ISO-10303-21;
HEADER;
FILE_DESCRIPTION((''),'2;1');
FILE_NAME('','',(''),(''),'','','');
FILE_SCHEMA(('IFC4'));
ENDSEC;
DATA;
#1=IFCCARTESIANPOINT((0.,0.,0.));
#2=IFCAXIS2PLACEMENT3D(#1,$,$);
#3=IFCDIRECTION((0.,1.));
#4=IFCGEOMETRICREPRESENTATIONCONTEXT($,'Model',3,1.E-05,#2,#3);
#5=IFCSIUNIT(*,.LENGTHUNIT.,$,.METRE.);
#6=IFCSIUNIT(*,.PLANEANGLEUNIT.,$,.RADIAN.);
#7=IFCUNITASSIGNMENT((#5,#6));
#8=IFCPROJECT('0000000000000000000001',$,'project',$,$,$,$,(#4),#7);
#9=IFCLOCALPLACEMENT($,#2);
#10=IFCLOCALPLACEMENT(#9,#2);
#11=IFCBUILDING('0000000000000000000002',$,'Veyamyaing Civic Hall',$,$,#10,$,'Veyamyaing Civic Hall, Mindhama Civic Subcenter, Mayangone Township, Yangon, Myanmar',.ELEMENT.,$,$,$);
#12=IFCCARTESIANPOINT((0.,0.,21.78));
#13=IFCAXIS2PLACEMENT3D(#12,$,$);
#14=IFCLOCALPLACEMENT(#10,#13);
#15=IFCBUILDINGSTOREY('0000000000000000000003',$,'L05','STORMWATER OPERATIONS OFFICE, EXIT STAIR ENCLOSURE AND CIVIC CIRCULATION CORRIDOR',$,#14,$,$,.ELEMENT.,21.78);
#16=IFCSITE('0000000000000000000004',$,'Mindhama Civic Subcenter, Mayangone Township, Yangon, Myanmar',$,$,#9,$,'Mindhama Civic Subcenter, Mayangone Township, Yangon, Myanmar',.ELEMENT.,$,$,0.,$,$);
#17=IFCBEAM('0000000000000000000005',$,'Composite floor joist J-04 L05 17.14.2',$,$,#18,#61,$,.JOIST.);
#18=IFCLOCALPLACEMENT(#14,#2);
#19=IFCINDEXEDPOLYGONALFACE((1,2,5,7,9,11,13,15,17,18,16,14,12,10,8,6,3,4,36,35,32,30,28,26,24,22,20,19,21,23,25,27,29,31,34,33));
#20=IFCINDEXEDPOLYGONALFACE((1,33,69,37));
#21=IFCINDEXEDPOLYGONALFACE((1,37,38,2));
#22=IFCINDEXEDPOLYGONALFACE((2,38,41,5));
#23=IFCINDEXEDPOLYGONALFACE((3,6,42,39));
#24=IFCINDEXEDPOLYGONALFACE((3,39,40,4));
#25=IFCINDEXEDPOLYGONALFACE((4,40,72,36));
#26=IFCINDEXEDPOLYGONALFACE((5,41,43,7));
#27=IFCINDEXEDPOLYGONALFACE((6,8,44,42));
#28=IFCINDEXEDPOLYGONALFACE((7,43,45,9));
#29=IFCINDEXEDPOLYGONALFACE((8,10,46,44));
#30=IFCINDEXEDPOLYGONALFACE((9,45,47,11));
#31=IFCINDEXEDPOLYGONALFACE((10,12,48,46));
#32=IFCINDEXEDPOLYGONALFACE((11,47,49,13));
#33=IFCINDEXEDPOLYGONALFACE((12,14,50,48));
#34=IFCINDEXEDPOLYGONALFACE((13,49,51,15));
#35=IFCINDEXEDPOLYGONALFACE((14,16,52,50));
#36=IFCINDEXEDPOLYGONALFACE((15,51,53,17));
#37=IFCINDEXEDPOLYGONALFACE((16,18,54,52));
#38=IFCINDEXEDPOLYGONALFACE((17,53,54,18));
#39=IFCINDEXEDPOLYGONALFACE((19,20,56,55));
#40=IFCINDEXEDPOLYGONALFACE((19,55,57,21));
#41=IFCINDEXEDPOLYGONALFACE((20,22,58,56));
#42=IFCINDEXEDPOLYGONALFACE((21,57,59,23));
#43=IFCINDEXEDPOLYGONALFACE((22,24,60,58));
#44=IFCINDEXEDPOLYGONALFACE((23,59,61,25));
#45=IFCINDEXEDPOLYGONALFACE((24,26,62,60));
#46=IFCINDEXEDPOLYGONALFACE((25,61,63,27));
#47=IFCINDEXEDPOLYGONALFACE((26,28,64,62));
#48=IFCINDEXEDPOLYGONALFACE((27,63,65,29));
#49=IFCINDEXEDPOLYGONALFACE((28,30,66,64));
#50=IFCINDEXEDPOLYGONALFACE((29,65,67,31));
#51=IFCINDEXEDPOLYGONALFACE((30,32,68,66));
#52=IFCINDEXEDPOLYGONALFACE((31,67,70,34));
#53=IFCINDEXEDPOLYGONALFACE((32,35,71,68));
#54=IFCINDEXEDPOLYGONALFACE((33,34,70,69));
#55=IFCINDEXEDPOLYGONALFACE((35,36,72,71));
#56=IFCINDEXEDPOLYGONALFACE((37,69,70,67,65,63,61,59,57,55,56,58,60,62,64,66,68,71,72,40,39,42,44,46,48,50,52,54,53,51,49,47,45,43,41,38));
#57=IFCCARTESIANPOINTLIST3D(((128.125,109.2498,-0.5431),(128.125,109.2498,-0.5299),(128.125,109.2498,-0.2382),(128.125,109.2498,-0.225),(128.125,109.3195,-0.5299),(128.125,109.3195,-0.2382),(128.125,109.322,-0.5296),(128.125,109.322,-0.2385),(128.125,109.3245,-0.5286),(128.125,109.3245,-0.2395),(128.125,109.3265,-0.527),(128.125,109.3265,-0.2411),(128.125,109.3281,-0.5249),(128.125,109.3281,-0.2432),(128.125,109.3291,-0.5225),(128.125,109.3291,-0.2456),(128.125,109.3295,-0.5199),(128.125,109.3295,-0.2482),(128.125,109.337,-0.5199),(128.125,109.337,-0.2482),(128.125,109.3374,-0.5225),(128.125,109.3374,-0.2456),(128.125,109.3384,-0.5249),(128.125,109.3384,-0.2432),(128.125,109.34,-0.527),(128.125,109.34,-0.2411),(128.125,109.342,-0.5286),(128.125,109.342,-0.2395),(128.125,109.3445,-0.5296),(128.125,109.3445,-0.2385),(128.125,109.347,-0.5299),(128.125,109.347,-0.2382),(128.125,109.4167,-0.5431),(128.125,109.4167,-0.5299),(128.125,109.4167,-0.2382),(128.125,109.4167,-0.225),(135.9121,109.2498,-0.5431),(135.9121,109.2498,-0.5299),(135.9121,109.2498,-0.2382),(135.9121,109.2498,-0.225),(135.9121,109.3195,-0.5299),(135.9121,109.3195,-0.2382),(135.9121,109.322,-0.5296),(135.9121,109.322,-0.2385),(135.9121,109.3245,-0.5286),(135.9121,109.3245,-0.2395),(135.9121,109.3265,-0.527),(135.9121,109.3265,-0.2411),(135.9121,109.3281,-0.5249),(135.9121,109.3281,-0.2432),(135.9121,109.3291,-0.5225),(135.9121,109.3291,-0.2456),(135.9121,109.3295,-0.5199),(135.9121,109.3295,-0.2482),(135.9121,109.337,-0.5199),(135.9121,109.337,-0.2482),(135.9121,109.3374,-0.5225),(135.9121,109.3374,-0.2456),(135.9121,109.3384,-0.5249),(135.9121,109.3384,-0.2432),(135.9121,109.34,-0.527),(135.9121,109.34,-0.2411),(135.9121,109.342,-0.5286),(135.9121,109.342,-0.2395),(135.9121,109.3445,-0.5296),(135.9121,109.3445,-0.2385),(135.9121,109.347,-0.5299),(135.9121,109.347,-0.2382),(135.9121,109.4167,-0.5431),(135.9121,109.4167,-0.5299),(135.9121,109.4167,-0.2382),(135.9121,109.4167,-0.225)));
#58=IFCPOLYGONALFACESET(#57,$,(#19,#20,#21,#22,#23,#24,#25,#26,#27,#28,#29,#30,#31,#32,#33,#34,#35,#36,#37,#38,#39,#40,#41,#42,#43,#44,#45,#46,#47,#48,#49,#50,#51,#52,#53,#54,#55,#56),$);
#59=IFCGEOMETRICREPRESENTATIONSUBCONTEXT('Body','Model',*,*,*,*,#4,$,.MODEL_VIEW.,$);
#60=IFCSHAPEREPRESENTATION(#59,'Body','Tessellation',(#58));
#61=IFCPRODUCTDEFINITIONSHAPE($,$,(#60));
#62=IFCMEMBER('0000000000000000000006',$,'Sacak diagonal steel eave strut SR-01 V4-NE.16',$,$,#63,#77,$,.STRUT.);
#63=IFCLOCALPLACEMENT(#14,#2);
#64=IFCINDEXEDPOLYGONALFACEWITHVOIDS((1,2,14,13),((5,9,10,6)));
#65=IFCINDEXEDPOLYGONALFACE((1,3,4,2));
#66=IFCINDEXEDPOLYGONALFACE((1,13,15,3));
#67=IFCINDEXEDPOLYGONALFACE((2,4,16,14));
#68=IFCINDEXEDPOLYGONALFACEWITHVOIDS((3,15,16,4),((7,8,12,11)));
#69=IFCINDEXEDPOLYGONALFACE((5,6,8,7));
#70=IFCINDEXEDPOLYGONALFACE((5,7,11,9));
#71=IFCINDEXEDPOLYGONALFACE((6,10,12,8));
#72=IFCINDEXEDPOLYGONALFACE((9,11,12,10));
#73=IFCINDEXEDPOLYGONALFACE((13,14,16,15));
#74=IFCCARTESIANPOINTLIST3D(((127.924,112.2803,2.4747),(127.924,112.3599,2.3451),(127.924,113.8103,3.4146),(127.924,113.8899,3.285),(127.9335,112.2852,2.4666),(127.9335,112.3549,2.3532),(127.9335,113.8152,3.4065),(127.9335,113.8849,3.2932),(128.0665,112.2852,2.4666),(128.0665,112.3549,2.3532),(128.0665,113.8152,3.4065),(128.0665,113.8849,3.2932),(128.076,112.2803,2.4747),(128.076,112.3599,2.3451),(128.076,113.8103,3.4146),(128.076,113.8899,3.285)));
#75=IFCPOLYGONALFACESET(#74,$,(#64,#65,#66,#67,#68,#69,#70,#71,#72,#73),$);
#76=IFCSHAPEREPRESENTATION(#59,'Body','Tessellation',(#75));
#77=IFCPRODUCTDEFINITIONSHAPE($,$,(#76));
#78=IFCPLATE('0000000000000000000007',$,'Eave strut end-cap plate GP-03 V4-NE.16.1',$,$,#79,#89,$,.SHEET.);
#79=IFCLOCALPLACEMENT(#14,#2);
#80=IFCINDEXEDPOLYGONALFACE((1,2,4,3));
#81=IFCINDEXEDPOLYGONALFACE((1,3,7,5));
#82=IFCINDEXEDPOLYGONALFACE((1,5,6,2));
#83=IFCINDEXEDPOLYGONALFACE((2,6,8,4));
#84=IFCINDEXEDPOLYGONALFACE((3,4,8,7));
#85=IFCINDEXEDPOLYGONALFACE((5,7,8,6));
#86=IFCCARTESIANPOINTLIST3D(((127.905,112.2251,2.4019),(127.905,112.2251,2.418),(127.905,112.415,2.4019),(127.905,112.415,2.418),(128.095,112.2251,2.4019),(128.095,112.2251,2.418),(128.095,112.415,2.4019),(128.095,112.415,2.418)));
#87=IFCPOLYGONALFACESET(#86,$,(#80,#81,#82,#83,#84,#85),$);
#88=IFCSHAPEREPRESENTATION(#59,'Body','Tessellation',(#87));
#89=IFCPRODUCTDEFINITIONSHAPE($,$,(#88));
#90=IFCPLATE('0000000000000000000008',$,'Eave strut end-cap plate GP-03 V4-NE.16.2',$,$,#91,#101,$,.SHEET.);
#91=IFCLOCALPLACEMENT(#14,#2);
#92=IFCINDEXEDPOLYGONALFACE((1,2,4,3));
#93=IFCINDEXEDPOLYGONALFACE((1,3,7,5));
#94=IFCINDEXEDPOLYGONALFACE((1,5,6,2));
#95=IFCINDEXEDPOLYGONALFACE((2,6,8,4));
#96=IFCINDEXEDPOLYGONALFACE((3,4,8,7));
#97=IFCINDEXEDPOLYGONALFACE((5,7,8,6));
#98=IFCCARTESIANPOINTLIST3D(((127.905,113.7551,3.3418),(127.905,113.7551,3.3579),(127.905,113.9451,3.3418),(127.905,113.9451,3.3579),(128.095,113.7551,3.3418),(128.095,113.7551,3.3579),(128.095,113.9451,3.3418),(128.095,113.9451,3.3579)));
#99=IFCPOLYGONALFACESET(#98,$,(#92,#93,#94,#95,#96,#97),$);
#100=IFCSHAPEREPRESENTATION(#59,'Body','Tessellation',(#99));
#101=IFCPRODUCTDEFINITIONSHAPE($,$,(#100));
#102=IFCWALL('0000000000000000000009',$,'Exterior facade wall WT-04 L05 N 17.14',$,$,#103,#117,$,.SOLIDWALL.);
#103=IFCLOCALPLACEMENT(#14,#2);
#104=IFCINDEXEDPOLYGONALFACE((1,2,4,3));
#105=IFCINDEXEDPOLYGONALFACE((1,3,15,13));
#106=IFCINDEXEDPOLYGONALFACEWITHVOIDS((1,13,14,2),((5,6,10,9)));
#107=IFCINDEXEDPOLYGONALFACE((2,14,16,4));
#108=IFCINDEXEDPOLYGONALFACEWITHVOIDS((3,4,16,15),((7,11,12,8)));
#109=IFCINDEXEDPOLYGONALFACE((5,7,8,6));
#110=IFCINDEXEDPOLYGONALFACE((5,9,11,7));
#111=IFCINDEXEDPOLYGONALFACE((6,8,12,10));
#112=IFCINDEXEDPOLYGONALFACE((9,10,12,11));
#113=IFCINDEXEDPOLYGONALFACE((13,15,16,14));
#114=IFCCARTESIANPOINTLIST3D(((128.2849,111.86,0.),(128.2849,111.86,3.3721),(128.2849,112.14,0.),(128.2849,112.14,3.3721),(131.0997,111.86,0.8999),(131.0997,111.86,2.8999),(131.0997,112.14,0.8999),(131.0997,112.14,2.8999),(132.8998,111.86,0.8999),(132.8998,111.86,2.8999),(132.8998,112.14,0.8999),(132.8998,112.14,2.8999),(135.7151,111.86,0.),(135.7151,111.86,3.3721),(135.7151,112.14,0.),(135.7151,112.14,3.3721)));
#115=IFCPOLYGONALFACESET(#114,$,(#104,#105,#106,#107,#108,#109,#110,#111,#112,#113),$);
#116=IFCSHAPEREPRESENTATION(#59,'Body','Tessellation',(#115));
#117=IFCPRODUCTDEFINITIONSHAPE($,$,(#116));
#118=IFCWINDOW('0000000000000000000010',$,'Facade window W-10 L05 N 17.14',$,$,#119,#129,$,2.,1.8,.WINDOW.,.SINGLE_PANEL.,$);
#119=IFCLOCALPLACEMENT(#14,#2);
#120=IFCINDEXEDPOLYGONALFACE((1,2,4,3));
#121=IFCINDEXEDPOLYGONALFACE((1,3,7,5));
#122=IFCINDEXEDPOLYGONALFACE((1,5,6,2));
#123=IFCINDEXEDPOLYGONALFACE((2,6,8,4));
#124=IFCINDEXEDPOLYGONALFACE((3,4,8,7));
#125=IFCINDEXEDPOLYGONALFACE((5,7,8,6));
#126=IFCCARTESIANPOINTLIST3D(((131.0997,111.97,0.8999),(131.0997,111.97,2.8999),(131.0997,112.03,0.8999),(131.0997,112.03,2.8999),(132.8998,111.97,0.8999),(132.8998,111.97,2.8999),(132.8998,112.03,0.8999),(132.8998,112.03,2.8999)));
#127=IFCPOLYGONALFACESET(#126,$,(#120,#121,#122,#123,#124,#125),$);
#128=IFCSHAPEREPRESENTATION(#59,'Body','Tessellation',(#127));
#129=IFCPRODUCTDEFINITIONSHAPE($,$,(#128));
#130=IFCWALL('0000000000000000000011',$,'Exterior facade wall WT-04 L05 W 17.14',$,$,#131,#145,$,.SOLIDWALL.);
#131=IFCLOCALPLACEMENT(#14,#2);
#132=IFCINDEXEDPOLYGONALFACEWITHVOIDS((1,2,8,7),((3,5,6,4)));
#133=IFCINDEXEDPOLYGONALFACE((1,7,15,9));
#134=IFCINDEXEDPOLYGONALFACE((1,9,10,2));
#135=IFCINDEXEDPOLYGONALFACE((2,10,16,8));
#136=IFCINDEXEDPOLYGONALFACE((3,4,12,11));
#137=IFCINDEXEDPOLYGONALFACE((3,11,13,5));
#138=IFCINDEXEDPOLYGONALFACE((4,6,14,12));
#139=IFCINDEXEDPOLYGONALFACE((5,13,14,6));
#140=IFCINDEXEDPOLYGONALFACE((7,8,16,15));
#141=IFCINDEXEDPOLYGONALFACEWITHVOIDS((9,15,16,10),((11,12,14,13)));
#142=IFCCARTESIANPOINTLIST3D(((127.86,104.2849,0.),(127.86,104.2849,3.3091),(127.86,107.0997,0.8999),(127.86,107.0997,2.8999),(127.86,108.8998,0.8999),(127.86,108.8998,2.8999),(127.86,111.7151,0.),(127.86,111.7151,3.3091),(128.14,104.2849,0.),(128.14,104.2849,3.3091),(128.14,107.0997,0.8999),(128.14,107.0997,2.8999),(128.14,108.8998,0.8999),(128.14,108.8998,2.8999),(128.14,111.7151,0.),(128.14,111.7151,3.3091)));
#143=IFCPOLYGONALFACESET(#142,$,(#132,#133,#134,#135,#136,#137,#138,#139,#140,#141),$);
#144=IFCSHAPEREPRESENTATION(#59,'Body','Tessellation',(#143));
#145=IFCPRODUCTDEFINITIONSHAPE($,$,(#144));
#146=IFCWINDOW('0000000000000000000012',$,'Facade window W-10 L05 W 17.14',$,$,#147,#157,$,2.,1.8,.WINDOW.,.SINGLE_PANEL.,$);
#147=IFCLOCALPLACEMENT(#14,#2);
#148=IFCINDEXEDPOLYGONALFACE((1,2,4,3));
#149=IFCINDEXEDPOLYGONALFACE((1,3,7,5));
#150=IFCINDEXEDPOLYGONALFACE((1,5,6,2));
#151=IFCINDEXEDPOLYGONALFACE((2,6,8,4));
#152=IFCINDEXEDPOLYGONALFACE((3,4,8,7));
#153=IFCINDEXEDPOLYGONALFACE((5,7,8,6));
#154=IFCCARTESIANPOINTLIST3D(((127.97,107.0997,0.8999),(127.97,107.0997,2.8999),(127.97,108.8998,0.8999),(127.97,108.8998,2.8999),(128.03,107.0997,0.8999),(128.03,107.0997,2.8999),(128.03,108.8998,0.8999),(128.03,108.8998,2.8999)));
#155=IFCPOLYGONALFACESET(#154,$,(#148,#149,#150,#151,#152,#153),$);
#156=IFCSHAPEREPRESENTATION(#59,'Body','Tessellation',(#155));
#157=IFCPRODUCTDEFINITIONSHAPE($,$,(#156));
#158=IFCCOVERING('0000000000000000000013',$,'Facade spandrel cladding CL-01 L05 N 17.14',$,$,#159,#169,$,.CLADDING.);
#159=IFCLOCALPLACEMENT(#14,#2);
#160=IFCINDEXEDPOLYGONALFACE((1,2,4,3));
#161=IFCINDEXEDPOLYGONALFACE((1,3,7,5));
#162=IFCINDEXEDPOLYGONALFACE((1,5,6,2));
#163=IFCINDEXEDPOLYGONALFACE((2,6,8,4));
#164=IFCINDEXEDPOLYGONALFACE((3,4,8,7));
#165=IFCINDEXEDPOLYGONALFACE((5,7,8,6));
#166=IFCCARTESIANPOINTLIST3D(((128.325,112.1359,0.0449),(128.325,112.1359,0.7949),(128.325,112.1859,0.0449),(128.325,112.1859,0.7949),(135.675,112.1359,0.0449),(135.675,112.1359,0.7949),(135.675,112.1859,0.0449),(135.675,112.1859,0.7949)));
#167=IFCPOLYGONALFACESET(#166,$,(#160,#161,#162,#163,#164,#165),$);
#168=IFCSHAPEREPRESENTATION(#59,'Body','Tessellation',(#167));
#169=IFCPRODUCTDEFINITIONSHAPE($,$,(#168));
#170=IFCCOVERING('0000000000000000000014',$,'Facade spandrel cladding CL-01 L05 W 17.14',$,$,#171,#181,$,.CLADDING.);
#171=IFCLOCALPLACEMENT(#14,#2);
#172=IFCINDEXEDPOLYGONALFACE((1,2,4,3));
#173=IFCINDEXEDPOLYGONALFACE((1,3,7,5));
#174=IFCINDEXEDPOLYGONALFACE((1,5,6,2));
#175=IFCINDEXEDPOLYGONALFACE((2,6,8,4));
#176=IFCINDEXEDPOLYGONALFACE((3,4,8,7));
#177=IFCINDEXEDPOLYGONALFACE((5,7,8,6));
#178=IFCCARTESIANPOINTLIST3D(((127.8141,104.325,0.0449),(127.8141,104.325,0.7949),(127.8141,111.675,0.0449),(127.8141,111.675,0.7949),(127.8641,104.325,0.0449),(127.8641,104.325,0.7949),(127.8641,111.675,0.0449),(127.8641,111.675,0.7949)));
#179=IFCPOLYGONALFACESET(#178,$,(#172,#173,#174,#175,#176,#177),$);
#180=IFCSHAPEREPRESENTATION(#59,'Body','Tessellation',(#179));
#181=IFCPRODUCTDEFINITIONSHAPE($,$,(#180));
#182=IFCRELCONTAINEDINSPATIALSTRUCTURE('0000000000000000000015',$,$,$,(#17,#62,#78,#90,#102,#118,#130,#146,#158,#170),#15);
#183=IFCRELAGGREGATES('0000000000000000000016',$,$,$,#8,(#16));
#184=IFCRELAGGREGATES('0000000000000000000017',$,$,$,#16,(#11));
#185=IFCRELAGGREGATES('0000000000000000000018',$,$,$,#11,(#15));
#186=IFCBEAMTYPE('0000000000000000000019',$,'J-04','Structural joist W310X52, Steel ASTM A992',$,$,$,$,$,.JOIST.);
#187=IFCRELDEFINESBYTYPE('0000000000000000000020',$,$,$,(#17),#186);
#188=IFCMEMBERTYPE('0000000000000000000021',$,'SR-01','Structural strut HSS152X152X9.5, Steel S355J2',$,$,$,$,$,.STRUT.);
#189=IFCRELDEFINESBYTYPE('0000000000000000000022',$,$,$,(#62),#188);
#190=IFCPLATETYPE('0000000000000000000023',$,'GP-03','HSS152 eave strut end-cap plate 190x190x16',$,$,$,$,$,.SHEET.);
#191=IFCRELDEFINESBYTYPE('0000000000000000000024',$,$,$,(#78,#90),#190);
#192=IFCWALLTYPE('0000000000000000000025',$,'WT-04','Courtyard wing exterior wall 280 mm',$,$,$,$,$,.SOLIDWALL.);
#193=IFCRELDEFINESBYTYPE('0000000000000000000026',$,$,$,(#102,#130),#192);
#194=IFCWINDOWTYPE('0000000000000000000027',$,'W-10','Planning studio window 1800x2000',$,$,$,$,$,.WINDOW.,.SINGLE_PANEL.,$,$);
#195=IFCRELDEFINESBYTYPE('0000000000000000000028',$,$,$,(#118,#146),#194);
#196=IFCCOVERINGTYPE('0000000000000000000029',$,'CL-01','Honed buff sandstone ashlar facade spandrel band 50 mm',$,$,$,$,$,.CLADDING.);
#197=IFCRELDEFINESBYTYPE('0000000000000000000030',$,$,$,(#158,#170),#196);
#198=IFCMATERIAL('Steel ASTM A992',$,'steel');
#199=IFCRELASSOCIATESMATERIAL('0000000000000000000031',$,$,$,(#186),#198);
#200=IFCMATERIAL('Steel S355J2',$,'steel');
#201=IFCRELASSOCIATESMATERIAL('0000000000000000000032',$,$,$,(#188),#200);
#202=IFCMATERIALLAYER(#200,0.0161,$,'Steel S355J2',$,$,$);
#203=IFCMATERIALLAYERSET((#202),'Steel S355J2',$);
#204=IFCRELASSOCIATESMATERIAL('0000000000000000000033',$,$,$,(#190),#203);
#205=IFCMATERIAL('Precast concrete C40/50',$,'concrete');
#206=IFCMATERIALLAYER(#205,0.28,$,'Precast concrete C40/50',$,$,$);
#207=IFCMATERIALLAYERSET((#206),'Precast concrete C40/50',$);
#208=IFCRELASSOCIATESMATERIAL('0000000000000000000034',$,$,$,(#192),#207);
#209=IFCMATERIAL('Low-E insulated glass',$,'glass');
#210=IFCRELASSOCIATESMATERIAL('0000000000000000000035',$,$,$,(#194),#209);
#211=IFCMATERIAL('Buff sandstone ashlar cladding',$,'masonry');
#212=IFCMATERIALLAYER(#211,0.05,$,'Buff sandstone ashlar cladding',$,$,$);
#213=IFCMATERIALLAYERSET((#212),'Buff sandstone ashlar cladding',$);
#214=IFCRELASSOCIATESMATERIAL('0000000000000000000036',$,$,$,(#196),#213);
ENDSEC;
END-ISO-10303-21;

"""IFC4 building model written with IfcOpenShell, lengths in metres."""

from ifc_helpers import new_model, si_unit, direction, frame, frame_2d, origin, origin_2d, place, context, subcontext, project, spatial, rectangle, hollow_rectangle, i_section, extrude, material, layer, layer_set, material_profile, profile_set, type_object, element, fill, save


model = new_model("IFC4")

# Units and contexts
model_context = context("Model", 3, precision=1e-05, world=origin(), true_north=direction((0.0, 1.0)))
body_context = subcontext(model_context, "Body", "Model", "MODEL_VIEW")
ifc_project = project(units=[si_unit("LENGTHUNIT", "METRE"), si_unit("PLANEANGLEUNIT", "RADIAN")], contexts=[model_context])

# Site, building, storey
site_placement = place(None, origin())
site = spatial("IfcSite", under=ifc_project, at=site_placement, Name="Mindhama Civic Subcenter, Mayangone Township, Yangon, Myanmar", LongName="Mindhama Civic Subcenter, Mayangone Township, Yangon, Myanmar", CompositionType="ELEMENT", RefElevation=0.0)
building_placement = place(site_placement, origin())
building = spatial("IfcBuilding", under=site, at=building_placement, Name="Veyamyaing Civic Hall", LongName="Veyamyaing Civic Hall, Mindhama Civic Subcenter, Mayangone Township, Yangon, Myanmar", CompositionType="ELEMENT")
storey_placement = place(building_placement, frame((0.0, 0.0, 21.78)))
storey = spatial("IfcBuildingStorey", under=building, at=storey_placement, Name="L05", Description="STORMWATER OPERATIONS OFFICE, EXIT STAIR ENCLOSURE AND CIVIC CIRCULATION CORRIDOR", CompositionType="ELEMENT", Elevation=21.78)

# Beam
ifc_material_1 = material(Name="Steel ASTM A992", Category="steel")
ifc_material_profile_1 = material_profile(ifc_material_1, i_section(OverallWidth=0.167, OverallDepth=0.3181, WebThickness=0.0076, FlangeThickness=0.0132, FilletRadius=0.01, at=origin_2d()), Name="W310X52")
ifc_profile_set_1 = profile_set([ifc_material_profile_1], Name="Steel ASTM A992")
beam_type_1 = type_object("IfcBeamType", Name="J-04", Description="Structural joist W310X52, Steel ASTM A992", PredefinedType="JOIST", material=ifc_profile_set_1)
for number, where, z_axis, x_axis, name in (
    (1, (128.125, 109.3333, -0.384), (1.0, 0.0, 0.0), (0.0, 1.0, 0.0), "Composite floor joist J-04 L05 17.14.2"),
):
    element("IfcBeam", number, at=place(storey_placement, frame(where, z_axis=z_axis, x_axis=x_axis)), inside=storey, type_object=beam_type_1, Name=name, PredefinedType="JOIST", context=body_context, shape_type="SweptSolid", body=[
        extrude(i_section(OverallWidth=0.167, OverallDepth=0.3181, WebThickness=0.0076, FlangeThickness=0.0132, FilletRadius=0.01, at=origin_2d()), origin(), (0.0, 0.0, 1.0), 7.7871),
    ])

# Member
ifc_material_2 = material(Name="Steel S355J2", Category="steel")
ifc_material_profile_2 = material_profile(ifc_material_2, hollow_rectangle(XDim=0.1521, YDim=0.1521, WallThickness=0.0095, at=origin_2d()), Name="HSS152X152X9.5")
ifc_profile_set_2 = profile_set([ifc_material_profile_2], Name="Steel S355J2")
member_type = type_object("IfcMemberType", Name="SR-01", Description="Structural strut HSS152X152X9.5, Steel S355J2", PredefinedType="STRUT", material=ifc_profile_set_2)
member_placement = place(storey_placement, frame((128.0, 112.3201, 2.4099), z_axis=(0.0, 0.85206, 0.523445), x_axis=(-1.0, 0.0, 0.0)))
element("IfcMember", 2, at=member_placement, inside=storey, type_object=member_type, Name="Sacak diagonal steel eave strut SR-01 V4-NE.16", PredefinedType="STRUT", context=body_context, shape_type="SweptSolid", body=[
    extrude(hollow_rectangle(XDim=0.1521, YDim=0.1521, WallThickness=0.0095, at=origin_2d()), origin(), (0.0, 0.0, 1.0), 1.7957),
])

# Plates
ifc_layer_1 = layer(ifc_material_2, 0.0161, Name="Steel S355J2")
ifc_layer_set_1 = layer_set([ifc_layer_1], Name="Steel S355J2")
plate_type = type_object("IfcPlateType", Name="GP-03", Description="HSS152 eave strut end-cap plate 190x190x16", PredefinedType="SHEET", material=ifc_layer_set_1)
for number, where, z_axis, x_axis, name in (
    (3, (128.0, 112.3201, 2.4019), (0.0, 0.0, 1.0), (0.0, 1.0, 0.0), "Eave strut end-cap plate GP-03 V4-NE.16.1"),
    (4, (128.0, 113.8501, 3.3418), (0.0, 0.0, 1.0), (0.0, 1.0, 0.0), "Eave strut end-cap plate GP-03 V4-NE.16.2"),
):
    element("IfcPlate", number, at=place(storey_placement, frame(where, z_axis=z_axis, x_axis=x_axis)), inside=storey, type_object=plate_type, Name=name, PredefinedType="SHEET", context=body_context, shape_type="SweptSolid", body=[
        extrude(rectangle(XDim=0.1899, YDim=0.1899, at=origin_2d()), origin(), (0.0, 0.0, 1.0), 0.0161),
    ])

# Walls, openings, windows
ifc_material_3 = material(Name="Precast concrete C40/50", Category="concrete")
ifc_layer_2 = layer(ifc_material_3, 0.28, Name="Precast concrete C40/50")
ifc_layer_set_2 = layer_set([ifc_layer_2], Name="Precast concrete C40/50")
wall_type = type_object("IfcWallType", Name="WT-04", Description="Courtyard wing exterior wall 280 mm", PredefinedType="SOLIDWALL", material=ifc_layer_set_2)
wall_1_placement = place(storey_placement, frame((128.2849, 112.0, 0.0), z_axis=(0.0, 0.0, 1.0), x_axis=(1.0, 0.0, 0.0)))
wall_1 = element("IfcWall", 5, at=wall_1_placement, inside=storey, type_object=wall_type, Name="Exterior facade wall WT-04 L05 N 17.14", PredefinedType="SOLIDWALL", context=body_context, shape_type="SweptSolid", body=[
    extrude(rectangle(XDim=7.4302, YDim=0.28, at=frame_2d((3.7151, 0.0))), origin(), (0.0, 0.0, 1.0), 3.3721),
])
opening_1_placement = place(wall_1_placement, frame((2.8149, 0.0, 0.8999)))
opening_1 = element("IfcOpeningElement", 6, at=opening_1_placement, cuts=wall_1, PredefinedType="OPENING", context=body_context, shape_type="SweptSolid", body=[
    extrude(rectangle(XDim=1.8, YDim=2.0, at=frame_2d((0.8999, 1.0))), frame((0.0, 0.1499, 0.0), z_axis=(0.0, -1.0, 0.0), x_axis=(1.0, 0.0, 0.0)), (0.0, 0.0, 1.0), 0.3),
])
ifc_material_4 = material(Name="Low-E insulated glass", Category="glass")
window_type = type_object("IfcWindowType", Name="W-10", Description="Planning studio window 1800x2000", PartitioningType="SINGLE_PANEL", PredefinedType="WINDOW", material=ifc_material_4)
window_1_placement = place(opening_1_placement, origin())
window_1 = element("IfcWindow", 7, at=window_1_placement, inside=storey, type_object=window_type, Name="Facade window W-10 L05 N 17.14", OverallHeight=2.0, OverallWidth=1.8, PartitioningType="SINGLE_PANEL", PredefinedType="WINDOW", context=body_context, shape_type="SweptSolid", body=[
    extrude(rectangle(XDim=1.8, YDim=2.0, at=frame_2d((0.8999, 1.0))), frame((0.0, 0.03, 0.0), z_axis=(0.0, -1.0, 0.0), x_axis=(1.0, 0.0, 0.0)), (0.0, 0.0, 1.0), 0.0601),
])
fill(opening_1, window_1)
wall_2_placement = place(storey_placement, frame((128.0, 104.2849, 0.0), z_axis=(0.0, 0.0, 1.0), x_axis=(0.0, 1.0, 0.0)))
wall_2 = element("IfcWall", 8, at=wall_2_placement, inside=storey, type_object=wall_type, Name="Exterior facade wall WT-04 L05 W 17.14", PredefinedType="SOLIDWALL", context=body_context, shape_type="SweptSolid", body=[
    extrude(rectangle(XDim=7.4302, YDim=0.28, at=frame_2d((3.7151, 0.0))), origin(), (0.0, 0.0, 1.0), 3.3091),
])
opening_2_placement = place(wall_2_placement, frame((2.8149, 0.0, 0.8999)))
opening_2 = element("IfcOpeningElement", 9, at=opening_2_placement, cuts=wall_2, PredefinedType="OPENING", context=body_context, shape_type="SweptSolid", body=[
    extrude(rectangle(XDim=1.8, YDim=2.0, at=frame_2d((0.8999, 1.0))), frame((0.0, 0.1499, 0.0), z_axis=(0.0, -1.0, 0.0), x_axis=(1.0, 0.0, 0.0)), (0.0, 0.0, 1.0), 0.3),
])
window_2_placement = place(opening_2_placement, origin())
window_2 = element("IfcWindow", 10, at=window_2_placement, inside=storey, type_object=window_type, Name="Facade window W-10 L05 W 17.14", OverallHeight=2.0, OverallWidth=1.8, PartitioningType="SINGLE_PANEL", PredefinedType="WINDOW", context=body_context, shape_type="SweptSolid", body=[
    extrude(rectangle(XDim=1.8, YDim=2.0, at=frame_2d((0.8999, 1.0))), frame((0.0, 0.03, 0.0), z_axis=(0.0, -1.0, 0.0), x_axis=(1.0, 0.0, 0.0)), (0.0, 0.0, 1.0), 0.0601),
])
fill(opening_2, window_2)

# Coverings
ifc_material_5 = material(Name="Buff sandstone ashlar cladding", Category="masonry")
ifc_layer_3 = layer(ifc_material_5, 0.05, Name="Buff sandstone ashlar cladding")
ifc_layer_set_3 = layer_set([ifc_layer_3], Name="Buff sandstone ashlar cladding")
covering_type_1 = type_object("IfcCoveringType", Name="CL-01", Description="Honed buff sandstone ashlar facade spandrel band 50 mm", PredefinedType="CLADDING", material=ifc_layer_set_3)
for number, where, z_axis, x_axis, name in (
    (11, (132.0, 112.1609, 0.0449), (0.0, 0.0, 1.0), (1.0, 0.0, 0.0), "Facade spandrel cladding CL-01 L05 N 17.14"),
    (12, (127.8391, 108.0, 0.0449), (0.0, 0.0, 1.0), (0.0, 1.0, 0.0), "Facade spandrel cladding CL-01 L05 W 17.14"),
):
    element("IfcCovering", number, at=place(storey_placement, frame(where, z_axis=z_axis, x_axis=x_axis)), inside=storey, type_object=covering_type_1, Name=name, PredefinedType="CLADDING", context=body_context, shape_type="SweptSolid", body=[
        extrude(rectangle(XDim=7.3501, YDim=0.05, at=origin_2d()), origin(), (0.0, 0.0, 1.0), 0.75),
    ])

save(model, "model.ifc")
